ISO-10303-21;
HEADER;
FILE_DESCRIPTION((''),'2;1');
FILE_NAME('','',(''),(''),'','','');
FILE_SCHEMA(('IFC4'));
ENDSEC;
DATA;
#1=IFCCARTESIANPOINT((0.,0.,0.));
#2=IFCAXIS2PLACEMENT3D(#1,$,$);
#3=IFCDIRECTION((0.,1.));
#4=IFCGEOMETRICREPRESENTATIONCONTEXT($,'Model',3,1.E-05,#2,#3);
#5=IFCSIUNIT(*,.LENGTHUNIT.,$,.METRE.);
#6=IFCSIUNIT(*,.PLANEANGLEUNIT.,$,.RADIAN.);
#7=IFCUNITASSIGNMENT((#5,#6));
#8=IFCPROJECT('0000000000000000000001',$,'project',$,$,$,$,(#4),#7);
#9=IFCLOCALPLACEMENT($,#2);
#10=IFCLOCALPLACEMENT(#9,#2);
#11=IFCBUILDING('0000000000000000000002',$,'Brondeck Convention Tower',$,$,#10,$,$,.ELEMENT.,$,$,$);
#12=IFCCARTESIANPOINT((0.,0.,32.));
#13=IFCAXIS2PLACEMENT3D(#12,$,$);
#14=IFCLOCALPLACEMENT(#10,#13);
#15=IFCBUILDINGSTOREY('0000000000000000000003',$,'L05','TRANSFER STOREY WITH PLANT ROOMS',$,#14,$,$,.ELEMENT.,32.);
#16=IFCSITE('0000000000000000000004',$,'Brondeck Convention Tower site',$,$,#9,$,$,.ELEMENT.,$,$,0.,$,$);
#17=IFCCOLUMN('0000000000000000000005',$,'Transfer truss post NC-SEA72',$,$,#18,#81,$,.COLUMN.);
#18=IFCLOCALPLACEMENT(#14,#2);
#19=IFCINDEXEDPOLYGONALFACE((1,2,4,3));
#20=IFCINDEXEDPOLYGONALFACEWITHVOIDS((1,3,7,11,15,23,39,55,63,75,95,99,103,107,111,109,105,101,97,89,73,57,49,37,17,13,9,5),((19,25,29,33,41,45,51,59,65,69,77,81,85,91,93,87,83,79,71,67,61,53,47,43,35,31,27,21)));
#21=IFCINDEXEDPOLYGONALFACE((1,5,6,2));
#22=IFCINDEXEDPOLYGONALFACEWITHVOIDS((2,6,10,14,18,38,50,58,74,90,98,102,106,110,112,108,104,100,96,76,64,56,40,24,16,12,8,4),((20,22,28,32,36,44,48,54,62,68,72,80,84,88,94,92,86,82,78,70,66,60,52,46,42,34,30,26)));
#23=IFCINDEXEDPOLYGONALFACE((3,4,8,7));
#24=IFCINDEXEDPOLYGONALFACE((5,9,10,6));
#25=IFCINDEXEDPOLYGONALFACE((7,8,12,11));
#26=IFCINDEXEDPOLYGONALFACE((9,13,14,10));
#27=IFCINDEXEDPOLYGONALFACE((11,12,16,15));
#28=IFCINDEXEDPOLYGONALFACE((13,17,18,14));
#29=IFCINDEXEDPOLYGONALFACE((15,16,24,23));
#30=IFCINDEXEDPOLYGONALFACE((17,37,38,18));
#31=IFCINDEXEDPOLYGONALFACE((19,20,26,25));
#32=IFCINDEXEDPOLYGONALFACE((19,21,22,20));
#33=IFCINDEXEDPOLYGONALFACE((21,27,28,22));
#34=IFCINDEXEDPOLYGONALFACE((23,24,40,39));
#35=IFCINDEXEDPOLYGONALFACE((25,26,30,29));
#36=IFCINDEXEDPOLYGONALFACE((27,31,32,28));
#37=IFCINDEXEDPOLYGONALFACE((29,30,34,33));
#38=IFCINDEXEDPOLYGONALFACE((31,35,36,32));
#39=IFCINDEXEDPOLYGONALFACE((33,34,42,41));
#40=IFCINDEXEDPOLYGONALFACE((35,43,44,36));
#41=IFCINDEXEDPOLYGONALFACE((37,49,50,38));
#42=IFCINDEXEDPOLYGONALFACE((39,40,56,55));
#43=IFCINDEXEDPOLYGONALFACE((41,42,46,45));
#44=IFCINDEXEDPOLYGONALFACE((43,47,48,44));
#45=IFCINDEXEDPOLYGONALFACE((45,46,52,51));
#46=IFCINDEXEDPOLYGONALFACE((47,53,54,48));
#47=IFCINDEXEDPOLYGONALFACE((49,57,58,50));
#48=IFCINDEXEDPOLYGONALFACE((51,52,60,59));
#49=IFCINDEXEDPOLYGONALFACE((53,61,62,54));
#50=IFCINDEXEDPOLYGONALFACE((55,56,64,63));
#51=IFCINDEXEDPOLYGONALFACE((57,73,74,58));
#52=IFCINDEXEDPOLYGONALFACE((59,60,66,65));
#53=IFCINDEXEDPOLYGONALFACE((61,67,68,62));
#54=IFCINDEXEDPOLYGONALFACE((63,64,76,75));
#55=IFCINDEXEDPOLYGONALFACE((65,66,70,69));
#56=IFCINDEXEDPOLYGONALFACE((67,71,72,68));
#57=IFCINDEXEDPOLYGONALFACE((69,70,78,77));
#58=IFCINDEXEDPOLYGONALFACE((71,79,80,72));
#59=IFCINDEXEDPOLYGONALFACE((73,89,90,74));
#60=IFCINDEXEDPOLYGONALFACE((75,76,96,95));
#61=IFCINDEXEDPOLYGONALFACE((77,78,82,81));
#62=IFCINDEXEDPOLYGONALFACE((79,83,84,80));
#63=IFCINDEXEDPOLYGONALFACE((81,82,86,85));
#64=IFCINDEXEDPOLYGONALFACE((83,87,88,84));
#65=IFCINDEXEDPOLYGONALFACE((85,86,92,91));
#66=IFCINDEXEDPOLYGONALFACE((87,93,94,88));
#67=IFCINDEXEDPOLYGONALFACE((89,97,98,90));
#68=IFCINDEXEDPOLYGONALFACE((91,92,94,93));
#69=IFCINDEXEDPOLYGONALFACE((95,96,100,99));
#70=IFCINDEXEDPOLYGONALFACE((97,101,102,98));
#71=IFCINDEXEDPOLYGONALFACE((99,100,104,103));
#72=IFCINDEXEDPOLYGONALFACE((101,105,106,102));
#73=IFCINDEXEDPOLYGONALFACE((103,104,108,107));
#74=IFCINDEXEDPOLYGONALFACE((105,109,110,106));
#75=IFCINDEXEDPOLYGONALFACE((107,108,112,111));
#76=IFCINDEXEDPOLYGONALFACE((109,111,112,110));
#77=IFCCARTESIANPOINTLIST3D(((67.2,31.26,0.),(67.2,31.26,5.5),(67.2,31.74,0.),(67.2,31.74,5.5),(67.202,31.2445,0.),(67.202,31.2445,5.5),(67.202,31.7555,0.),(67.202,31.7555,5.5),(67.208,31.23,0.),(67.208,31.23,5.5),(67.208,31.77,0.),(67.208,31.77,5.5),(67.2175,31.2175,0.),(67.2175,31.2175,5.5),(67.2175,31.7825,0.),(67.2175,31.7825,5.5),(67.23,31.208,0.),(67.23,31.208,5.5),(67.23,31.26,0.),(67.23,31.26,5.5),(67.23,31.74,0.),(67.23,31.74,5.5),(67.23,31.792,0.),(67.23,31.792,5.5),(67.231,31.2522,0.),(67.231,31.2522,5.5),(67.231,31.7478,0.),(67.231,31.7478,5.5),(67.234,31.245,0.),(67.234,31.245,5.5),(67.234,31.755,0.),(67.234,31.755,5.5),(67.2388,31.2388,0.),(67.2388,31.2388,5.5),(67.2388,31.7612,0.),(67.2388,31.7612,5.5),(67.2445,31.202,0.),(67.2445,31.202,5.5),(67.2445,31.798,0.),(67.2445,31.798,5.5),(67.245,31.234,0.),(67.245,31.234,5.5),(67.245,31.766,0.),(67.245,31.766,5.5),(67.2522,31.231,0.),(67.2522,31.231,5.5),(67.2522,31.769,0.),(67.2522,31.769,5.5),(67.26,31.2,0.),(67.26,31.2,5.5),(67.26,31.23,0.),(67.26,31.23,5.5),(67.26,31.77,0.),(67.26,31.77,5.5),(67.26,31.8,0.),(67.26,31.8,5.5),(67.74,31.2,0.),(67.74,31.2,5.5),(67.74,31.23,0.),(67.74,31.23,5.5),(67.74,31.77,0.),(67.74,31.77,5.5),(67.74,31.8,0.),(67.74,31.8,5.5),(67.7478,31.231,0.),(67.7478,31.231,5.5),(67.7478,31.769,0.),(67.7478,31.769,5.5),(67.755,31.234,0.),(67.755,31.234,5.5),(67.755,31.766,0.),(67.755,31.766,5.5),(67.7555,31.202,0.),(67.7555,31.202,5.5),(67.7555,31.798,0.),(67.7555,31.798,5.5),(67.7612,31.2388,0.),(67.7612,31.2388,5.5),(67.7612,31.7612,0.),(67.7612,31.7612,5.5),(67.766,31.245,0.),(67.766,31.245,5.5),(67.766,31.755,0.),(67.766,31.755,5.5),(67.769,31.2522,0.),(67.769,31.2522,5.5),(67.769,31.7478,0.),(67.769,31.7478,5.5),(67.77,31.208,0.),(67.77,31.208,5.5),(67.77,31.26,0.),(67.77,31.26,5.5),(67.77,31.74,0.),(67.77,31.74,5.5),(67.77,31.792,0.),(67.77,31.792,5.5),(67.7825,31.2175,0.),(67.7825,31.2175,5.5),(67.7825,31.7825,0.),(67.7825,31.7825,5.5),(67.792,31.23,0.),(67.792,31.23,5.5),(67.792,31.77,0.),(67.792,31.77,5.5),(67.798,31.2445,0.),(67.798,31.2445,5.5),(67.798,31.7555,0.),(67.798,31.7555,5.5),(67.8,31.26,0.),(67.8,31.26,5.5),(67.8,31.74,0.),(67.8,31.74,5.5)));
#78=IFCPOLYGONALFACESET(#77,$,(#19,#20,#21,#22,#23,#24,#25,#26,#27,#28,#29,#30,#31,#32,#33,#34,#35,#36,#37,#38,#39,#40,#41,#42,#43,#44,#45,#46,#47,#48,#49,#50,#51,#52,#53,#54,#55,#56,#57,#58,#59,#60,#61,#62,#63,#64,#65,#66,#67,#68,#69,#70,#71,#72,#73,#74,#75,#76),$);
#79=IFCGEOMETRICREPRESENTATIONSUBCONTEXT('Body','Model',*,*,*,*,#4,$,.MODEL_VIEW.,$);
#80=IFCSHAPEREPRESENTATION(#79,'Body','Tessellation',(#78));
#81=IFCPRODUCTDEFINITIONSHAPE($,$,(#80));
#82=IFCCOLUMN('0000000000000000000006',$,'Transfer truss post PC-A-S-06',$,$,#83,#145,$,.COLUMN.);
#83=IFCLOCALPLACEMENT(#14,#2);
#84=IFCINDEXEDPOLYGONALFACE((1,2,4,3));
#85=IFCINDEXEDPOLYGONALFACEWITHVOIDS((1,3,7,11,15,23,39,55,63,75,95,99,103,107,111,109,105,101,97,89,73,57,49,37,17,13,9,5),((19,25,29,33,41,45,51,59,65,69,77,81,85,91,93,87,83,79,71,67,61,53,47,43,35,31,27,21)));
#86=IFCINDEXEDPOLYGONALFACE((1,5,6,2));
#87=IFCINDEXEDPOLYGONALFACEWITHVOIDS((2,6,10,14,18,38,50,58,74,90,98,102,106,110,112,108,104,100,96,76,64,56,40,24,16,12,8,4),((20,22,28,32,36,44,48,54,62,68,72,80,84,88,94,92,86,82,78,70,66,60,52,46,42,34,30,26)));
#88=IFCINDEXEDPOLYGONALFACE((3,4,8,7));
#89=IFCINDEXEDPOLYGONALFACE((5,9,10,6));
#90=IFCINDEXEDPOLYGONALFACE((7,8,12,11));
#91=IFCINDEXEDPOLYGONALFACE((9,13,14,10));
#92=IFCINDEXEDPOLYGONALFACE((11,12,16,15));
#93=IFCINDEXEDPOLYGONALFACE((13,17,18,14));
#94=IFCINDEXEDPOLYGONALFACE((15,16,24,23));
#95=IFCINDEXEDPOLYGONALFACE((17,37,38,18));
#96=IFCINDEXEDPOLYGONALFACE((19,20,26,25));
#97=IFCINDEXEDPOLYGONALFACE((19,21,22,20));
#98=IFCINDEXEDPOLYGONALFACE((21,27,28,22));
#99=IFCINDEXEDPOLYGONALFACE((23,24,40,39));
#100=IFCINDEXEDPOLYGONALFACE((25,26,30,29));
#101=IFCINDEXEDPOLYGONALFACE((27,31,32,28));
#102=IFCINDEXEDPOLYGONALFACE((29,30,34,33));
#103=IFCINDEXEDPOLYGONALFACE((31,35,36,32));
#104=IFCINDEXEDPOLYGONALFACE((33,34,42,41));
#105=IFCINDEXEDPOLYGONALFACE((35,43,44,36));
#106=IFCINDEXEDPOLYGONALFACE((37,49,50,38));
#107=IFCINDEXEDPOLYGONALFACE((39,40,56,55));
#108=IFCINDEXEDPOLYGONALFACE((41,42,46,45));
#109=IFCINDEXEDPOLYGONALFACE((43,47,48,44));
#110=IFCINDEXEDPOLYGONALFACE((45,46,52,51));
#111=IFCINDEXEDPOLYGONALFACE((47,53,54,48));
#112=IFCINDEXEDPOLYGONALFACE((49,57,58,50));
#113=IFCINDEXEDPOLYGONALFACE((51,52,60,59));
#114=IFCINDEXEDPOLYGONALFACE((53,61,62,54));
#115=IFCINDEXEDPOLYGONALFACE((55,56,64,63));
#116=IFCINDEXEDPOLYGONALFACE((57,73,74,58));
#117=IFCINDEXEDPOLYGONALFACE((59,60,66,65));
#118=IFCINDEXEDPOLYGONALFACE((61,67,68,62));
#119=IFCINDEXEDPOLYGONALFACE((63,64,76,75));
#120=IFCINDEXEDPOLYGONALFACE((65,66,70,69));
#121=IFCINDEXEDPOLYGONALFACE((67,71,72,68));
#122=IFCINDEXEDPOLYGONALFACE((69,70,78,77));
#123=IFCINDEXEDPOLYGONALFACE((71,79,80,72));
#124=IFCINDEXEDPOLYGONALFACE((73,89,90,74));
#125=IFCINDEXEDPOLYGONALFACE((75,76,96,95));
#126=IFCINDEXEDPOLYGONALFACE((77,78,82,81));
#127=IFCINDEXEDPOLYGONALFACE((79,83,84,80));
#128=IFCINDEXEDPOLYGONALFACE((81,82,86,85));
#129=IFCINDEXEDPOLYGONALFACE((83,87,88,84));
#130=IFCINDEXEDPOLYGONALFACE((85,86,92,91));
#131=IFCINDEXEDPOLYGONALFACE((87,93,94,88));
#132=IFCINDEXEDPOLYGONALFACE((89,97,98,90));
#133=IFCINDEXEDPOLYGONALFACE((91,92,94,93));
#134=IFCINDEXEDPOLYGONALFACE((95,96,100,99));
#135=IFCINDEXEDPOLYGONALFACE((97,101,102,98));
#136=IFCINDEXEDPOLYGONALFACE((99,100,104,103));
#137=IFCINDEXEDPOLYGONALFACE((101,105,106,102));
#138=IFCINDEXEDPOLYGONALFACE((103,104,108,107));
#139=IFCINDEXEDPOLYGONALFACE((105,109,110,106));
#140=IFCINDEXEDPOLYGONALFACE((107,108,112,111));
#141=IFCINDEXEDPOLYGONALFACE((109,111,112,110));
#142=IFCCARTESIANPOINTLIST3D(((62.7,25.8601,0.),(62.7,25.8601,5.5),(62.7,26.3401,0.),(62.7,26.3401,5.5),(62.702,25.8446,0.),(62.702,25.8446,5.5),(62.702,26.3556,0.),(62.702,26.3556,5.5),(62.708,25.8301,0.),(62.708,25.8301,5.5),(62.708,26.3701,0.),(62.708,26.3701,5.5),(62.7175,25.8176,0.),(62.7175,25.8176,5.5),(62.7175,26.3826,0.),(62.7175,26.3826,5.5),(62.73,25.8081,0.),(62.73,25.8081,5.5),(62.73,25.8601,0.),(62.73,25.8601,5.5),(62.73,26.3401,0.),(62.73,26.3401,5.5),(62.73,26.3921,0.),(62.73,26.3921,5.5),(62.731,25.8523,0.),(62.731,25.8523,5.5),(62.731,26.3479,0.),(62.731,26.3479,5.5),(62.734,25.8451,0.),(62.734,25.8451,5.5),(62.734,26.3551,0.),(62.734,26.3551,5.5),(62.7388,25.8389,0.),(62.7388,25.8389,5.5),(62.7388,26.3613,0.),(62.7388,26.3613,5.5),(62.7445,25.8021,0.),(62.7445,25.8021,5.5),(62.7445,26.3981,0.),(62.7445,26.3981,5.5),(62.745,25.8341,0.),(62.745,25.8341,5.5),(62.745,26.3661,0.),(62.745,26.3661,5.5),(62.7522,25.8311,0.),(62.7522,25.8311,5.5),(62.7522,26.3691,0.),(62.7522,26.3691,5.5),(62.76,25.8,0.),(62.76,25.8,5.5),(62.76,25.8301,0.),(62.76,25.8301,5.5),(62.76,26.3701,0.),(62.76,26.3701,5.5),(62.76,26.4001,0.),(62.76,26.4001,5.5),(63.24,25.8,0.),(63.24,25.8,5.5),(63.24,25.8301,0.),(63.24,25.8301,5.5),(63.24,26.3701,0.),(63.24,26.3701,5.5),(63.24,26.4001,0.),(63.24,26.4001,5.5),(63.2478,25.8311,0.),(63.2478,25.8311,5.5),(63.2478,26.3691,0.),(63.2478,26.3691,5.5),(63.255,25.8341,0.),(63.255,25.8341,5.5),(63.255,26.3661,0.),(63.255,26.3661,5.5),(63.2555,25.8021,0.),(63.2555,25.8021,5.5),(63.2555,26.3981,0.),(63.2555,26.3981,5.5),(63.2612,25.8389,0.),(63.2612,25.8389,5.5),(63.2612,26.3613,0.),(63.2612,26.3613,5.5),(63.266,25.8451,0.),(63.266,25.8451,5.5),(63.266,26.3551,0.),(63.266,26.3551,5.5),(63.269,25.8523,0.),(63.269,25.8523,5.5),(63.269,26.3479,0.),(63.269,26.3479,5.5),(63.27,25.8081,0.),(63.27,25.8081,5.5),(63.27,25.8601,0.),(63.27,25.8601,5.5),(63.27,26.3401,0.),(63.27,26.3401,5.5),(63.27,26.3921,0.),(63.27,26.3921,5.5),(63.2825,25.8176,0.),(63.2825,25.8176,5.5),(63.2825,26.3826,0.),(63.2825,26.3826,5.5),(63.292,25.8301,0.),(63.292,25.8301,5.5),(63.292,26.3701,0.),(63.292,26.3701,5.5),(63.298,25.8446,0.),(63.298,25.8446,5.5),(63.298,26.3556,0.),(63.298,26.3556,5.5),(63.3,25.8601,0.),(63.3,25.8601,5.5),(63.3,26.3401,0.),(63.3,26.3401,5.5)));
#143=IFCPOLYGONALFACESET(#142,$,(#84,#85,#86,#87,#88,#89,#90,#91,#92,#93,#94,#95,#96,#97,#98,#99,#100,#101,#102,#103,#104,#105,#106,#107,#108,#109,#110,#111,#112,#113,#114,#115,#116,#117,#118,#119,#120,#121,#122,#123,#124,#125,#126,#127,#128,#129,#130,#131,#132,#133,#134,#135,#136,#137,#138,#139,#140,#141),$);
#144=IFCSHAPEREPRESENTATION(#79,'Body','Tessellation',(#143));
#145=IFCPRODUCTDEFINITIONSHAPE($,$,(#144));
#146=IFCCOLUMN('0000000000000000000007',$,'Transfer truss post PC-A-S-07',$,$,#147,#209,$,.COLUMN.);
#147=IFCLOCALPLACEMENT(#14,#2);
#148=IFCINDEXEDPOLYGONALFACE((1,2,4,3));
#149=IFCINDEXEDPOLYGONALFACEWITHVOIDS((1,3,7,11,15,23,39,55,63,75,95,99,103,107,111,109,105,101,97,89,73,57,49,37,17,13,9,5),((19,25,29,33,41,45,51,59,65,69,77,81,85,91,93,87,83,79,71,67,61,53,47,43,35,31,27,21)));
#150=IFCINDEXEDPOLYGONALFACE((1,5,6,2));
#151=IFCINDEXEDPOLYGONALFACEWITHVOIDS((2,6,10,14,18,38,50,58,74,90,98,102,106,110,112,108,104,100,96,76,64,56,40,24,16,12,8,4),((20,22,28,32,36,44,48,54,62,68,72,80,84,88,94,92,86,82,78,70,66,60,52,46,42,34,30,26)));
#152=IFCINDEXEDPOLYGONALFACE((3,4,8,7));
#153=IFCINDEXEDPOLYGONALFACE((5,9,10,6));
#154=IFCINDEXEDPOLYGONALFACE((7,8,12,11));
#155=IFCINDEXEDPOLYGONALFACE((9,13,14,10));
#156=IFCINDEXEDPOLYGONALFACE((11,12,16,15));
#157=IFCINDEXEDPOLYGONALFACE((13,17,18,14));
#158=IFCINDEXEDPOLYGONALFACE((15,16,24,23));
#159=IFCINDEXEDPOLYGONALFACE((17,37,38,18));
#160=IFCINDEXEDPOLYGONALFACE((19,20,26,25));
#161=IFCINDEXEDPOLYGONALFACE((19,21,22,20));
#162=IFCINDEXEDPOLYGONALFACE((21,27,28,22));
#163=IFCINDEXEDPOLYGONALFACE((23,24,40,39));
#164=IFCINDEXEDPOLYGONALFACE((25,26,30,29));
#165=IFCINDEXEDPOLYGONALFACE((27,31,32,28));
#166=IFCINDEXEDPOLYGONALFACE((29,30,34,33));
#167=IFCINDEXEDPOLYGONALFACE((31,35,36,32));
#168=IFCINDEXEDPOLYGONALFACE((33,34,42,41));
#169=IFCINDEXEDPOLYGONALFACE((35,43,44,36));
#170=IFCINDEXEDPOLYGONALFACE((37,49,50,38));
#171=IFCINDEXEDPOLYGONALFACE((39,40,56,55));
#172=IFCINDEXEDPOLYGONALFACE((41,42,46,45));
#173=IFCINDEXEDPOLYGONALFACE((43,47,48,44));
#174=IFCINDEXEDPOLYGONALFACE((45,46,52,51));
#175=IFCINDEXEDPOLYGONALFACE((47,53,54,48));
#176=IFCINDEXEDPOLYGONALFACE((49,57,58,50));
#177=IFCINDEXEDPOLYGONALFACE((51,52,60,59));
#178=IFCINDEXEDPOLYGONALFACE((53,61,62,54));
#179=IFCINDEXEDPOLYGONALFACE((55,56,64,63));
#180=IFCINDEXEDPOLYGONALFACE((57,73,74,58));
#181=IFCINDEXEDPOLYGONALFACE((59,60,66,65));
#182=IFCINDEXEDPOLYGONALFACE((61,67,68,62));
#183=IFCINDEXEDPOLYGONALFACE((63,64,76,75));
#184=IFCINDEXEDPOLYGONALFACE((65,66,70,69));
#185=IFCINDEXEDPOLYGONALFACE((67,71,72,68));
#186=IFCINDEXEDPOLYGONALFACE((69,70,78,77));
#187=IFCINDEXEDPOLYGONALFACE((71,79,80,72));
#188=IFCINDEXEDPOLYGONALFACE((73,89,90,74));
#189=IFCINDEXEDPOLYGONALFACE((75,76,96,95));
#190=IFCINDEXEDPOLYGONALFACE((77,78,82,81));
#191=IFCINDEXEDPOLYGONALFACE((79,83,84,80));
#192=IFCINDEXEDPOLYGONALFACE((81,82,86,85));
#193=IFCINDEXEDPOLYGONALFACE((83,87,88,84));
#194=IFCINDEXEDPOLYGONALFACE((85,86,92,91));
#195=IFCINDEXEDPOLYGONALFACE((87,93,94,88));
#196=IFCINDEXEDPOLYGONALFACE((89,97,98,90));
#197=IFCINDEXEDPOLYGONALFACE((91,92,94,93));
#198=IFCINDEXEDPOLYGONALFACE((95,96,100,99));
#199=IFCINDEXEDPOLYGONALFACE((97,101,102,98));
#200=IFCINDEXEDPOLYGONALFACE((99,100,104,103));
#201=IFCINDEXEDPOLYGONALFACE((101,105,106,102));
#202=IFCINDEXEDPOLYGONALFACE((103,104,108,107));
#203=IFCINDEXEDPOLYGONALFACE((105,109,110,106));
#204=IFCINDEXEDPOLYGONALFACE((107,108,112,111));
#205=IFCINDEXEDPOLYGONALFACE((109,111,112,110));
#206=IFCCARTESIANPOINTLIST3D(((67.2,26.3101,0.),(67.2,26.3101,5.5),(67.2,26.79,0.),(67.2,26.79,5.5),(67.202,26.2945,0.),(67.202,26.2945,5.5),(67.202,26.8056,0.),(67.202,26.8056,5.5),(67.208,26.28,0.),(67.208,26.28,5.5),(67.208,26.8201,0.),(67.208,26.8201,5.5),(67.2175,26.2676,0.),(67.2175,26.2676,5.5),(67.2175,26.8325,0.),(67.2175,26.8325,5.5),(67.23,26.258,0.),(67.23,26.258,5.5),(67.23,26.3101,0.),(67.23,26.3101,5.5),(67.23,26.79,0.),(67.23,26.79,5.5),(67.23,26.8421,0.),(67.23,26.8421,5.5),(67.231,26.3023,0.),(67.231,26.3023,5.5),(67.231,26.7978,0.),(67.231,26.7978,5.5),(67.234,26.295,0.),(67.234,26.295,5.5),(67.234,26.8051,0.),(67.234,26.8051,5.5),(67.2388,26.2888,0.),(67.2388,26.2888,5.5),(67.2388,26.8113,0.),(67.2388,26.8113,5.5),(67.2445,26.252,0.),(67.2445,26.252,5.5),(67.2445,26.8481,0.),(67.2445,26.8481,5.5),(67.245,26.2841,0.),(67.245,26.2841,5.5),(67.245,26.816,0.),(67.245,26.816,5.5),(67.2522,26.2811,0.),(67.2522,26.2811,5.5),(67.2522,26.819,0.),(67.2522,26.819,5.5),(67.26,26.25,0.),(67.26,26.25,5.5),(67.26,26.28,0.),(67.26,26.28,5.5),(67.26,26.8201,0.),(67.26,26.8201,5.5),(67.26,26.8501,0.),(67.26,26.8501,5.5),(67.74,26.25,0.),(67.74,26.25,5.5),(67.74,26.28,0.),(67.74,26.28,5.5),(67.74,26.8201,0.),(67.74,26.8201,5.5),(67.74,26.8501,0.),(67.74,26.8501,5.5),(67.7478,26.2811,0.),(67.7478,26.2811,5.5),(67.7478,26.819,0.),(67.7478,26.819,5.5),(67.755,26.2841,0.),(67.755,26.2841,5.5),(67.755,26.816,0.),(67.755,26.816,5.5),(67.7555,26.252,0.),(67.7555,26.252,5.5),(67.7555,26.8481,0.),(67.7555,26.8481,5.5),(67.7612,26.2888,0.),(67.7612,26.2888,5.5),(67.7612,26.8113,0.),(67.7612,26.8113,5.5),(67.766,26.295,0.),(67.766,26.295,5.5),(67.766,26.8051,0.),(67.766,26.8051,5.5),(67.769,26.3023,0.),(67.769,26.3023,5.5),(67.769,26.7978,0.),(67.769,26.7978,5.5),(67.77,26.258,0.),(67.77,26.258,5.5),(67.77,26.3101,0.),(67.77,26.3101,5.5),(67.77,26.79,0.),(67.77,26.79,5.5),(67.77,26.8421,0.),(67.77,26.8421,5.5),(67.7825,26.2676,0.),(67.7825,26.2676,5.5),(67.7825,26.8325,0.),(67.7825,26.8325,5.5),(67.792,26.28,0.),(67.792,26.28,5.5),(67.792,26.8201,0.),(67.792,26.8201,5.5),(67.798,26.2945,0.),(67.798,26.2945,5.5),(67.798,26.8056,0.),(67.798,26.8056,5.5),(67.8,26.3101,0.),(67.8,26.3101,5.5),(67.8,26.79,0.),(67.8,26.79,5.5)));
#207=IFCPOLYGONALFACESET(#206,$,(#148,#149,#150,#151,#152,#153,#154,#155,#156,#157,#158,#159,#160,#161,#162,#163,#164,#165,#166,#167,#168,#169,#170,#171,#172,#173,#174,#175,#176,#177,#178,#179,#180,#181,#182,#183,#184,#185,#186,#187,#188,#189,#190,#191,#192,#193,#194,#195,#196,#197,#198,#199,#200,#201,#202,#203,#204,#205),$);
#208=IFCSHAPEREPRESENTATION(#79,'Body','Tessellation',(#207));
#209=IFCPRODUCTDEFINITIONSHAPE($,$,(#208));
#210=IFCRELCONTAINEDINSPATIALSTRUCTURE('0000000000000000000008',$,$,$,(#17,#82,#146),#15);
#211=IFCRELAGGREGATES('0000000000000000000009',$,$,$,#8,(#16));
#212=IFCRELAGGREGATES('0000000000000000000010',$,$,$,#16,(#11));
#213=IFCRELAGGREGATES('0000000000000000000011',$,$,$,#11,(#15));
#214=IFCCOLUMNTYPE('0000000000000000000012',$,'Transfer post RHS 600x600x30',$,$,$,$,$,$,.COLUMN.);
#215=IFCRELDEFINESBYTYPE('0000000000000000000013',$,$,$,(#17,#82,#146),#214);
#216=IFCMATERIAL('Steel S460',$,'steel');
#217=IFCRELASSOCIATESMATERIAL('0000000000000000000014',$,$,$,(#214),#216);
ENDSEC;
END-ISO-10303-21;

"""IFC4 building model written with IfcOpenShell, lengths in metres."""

from ifc_helpers import new_model, si_unit, direction, frame, origin, origin_2d, place, context, subcontext, project, spatial, hollow_rectangle, extrude, material, material_profile, profile_set, type_object, element, save


model = new_model("IFC4")

# Units and contexts
model_context = context("Model", 3, precision=1e-05, world=origin(), true_north=direction((0.0, 1.0)))
body_context = subcontext(model_context, "Body", "Model", "MODEL_VIEW")
ifc_project = project(units=[si_unit("LENGTHUNIT", "METRE"), si_unit("PLANEANGLEUNIT", "RADIAN")], contexts=[model_context])

# Site, building, storey
site_placement = place(None, origin())
site = spatial("IfcSite", under=ifc_project, at=site_placement, Name="Brondeck Convention Tower site", CompositionType="ELEMENT", RefElevation=0.0)
building_placement = place(site_placement, origin())
building = spatial("IfcBuilding", under=site, at=building_placement, Name="Brondeck Convention Tower", CompositionType="ELEMENT")
storey_placement = place(building_placement, frame((0.0, 0.0, 32.0)))
storey = spatial("IfcBuildingStorey", under=building, at=storey_placement, Name="L05", Description="TRANSFER STOREY WITH PLANT ROOMS", CompositionType="ELEMENT", Elevation=32.0)

# Columns
ifc_material_1 = material(Name="Steel S460", Category="steel")
ifc_material_profile_1 = material_profile(ifc_material_1, hollow_rectangle(XDim=0.6001, YDim=0.6001, WallThickness=0.03, InnerFilletRadius=0.03, OuterFilletRadius=0.0601, at=origin_2d()), Name="RHS 600x600x30")
ifc_profile_set_1 = profile_set([ifc_material_profile_1], Name="Steel S460")
column_type = type_object("IfcColumnType", Name="Transfer post RHS 600x600x30", PredefinedType="COLUMN", material=ifc_profile_set_1)
for number, where, z_axis, x_axis, name in (
    (1, (67.5, 31.5, 0.0), (0.0, 0.0, 1.0), (1.0, 0.0, 0.0), "Transfer truss post NC-SEA72"),
    (2, (63.0, 26.1001, 0.0), (0.0, 0.0, 1.0), (1.0, 0.0, 0.0), "Transfer truss post PC-A-S-06"),
    (3, (67.5, 26.55, 0.0), (0.0, 0.0, 1.0), (1.0, 0.0, 0.0), "Transfer truss post PC-A-S-07"),
):
    element("IfcColumn", number, at=place(storey_placement, frame(where, z_axis=z_axis, x_axis=x_axis)), inside=storey, type_object=column_type, Name=name, PredefinedType="COLUMN", context=body_context, shape_type="SweptSolid", body=[
        extrude(hollow_rectangle(XDim=0.6001, YDim=0.6001, WallThickness=0.03, InnerFilletRadius=0.03, OuterFilletRadius=0.0601, at=origin_2d()), origin(), (0.0, 0.0, 1.0), 5.5),
    ])

save(model, "model.ifc")
